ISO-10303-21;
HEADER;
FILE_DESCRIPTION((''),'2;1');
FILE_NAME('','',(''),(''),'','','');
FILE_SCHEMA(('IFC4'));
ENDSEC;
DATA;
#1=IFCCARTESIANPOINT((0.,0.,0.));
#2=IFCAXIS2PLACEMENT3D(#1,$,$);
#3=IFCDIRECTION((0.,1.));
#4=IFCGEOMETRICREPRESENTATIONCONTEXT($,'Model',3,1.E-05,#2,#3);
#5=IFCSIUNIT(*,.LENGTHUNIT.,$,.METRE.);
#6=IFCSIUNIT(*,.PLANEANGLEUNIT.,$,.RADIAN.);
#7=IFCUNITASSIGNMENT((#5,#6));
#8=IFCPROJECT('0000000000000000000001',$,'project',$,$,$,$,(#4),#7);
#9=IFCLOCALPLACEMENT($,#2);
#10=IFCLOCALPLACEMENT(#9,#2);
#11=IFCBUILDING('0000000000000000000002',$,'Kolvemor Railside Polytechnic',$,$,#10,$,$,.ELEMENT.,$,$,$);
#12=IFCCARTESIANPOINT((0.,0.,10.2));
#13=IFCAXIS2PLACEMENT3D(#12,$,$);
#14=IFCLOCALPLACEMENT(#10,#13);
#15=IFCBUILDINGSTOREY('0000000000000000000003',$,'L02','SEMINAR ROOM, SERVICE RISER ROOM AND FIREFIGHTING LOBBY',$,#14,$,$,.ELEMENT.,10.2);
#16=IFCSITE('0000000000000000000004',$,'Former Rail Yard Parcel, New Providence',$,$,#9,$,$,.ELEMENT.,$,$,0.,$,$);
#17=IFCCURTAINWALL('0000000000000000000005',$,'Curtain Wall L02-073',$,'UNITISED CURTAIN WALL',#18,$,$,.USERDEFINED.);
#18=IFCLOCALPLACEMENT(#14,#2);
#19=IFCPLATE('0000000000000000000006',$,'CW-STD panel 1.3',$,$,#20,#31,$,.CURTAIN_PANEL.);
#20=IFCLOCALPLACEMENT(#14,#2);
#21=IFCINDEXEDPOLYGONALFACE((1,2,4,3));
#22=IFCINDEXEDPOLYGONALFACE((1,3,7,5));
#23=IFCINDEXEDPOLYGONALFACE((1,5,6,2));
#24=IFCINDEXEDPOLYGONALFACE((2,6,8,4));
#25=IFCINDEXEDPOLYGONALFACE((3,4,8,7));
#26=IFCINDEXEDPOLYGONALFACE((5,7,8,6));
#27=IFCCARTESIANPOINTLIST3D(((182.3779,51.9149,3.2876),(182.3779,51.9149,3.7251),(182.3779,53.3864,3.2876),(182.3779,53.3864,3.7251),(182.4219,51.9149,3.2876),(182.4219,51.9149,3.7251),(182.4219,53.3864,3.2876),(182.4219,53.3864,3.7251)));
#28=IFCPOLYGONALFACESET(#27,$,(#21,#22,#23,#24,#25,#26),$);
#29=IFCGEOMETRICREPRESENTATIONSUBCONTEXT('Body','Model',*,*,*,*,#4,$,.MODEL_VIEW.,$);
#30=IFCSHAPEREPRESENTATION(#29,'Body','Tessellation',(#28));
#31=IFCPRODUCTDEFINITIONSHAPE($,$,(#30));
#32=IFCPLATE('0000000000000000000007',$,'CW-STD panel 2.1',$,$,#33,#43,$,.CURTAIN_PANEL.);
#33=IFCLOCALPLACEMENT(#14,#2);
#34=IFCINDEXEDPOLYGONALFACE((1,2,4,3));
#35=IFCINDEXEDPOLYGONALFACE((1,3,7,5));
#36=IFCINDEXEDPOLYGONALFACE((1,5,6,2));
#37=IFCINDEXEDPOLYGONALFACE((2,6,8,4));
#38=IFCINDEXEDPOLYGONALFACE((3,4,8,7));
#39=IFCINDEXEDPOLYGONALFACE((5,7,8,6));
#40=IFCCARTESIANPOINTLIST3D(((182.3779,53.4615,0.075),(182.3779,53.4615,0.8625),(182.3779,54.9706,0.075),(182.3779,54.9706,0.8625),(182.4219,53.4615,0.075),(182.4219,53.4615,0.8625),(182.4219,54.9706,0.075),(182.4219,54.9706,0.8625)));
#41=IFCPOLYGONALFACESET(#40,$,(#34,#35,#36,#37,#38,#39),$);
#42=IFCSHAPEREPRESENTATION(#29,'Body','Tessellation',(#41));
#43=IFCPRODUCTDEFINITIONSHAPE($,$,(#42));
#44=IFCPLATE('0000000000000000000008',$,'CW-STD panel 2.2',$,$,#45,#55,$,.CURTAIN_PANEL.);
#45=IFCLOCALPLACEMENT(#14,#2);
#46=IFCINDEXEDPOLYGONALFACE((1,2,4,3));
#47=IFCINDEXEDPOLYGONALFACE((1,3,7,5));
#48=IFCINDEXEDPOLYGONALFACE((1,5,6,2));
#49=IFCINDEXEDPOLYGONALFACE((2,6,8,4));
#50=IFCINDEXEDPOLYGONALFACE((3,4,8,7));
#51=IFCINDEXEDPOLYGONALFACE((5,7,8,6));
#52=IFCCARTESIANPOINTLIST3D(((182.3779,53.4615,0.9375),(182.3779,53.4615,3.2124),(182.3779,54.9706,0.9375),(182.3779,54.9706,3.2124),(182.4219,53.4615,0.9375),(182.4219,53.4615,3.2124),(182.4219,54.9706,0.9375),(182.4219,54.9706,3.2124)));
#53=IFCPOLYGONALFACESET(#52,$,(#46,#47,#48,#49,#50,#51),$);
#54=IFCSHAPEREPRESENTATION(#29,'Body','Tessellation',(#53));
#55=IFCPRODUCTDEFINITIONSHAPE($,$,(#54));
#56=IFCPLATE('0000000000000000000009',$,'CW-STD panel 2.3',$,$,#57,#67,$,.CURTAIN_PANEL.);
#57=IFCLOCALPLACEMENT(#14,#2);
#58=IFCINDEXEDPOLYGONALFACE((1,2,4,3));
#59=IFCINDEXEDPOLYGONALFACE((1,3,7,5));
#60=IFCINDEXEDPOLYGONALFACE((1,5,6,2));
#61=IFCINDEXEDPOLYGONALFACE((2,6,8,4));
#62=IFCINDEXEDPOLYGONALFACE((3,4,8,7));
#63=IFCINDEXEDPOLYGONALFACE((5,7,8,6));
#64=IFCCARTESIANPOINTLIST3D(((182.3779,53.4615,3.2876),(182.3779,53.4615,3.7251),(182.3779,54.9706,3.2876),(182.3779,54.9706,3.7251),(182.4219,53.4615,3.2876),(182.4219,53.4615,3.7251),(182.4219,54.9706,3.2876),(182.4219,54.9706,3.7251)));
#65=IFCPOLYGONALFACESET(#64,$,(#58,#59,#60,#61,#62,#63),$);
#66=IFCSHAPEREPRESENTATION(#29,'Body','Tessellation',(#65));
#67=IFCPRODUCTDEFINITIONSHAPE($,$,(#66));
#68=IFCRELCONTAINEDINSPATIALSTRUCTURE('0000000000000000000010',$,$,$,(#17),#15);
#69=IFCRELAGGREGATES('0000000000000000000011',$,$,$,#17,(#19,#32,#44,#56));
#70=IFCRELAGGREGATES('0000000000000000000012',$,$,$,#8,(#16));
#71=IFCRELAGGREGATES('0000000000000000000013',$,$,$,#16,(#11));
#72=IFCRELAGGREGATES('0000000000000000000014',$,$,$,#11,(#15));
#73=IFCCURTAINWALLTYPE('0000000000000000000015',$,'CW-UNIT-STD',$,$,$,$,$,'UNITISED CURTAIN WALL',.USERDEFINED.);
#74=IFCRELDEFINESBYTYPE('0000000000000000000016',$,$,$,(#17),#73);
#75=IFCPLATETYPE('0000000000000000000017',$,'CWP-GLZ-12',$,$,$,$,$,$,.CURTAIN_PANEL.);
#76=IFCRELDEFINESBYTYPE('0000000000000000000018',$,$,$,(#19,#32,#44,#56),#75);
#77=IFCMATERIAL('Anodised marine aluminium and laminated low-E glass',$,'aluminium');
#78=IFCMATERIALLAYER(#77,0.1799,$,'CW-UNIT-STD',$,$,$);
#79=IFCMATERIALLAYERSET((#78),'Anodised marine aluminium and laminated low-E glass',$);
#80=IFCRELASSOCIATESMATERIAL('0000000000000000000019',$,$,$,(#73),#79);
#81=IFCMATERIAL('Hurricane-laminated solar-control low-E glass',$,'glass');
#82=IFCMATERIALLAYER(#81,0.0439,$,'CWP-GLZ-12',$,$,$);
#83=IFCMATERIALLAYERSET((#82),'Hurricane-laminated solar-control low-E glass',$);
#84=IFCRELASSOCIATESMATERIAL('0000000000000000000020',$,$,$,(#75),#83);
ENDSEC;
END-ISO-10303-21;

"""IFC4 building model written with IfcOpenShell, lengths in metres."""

from ifc_helpers import new_model, si_unit, direction, frame, origin, origin_2d, place, context, subcontext, project, spatial, rectangle, extrude, material, layer, layer_set, type_object, element, aggregate, save


model = new_model("IFC4")

# Units and contexts
model_context = context("Model", 3, precision=1e-05, world=origin(), true_north=direction((0.0, 1.0)))
body_context = subcontext(model_context, "Body", "Model", "MODEL_VIEW")
ifc_project = project(units=[si_unit("LENGTHUNIT", "METRE"), si_unit("PLANEANGLEUNIT", "RADIAN")], contexts=[model_context])

# Site, building, storey
site_placement = place(None, origin())
site = spatial("IfcSite", under=ifc_project, at=site_placement, Name="Former Rail Yard Parcel, New Providence", CompositionType="ELEMENT", RefElevation=0.0)
building_placement = place(site_placement, origin())
building = spatial("IfcBuilding", under=site, at=building_placement, Name="Kolvemor Railside Polytechnic", CompositionType="ELEMENT")
storey_placement = place(building_placement, frame((0.0, 0.0, 10.2)))
storey = spatial("IfcBuildingStorey", under=building, at=storey_placement, Name="L02", Description="SEMINAR ROOM, SERVICE RISER ROOM AND FIREFIGHTING LOBBY", CompositionType="ELEMENT", Elevation=10.2)

# Curtain wall
ifc_material_1 = material(Name="Anodised marine aluminium and laminated low-E glass", Category="aluminium")
ifc_layer_1 = layer(ifc_material_1, 0.1799, Name="CW-UNIT-STD")
ifc_layer_set_1 = layer_set([ifc_layer_1], Name="Anodised marine aluminium and laminated low-E glass")
curtain_wall_type = type_object("IfcCurtainWallType", Name="CW-UNIT-STD", ElementType="UNITISED CURTAIN WALL", PredefinedType="USERDEFINED", material=ifc_layer_set_1)
curtain_wall_1_placement = place(storey_placement, origin())
curtain_wall_1 = element("IfcCurtainWall", 1, at=curtain_wall_1_placement, inside=storey, type_object=curtain_wall_type, Name="Curtain Wall L02-073", ObjectType="UNITISED CURTAIN WALL", PredefinedType="USERDEFINED")

# Plates
ifc_material_2 = material(Name="Hurricane-laminated solar-control low-E glass", Category="glass")
ifc_layer_2 = layer(ifc_material_2, 0.0439, Name="CWP-GLZ-12")
ifc_layer_set_2 = layer_set([ifc_layer_2], Name="Hurricane-laminated solar-control low-E glass")
plate_type_1 = type_object("IfcPlateType", Name="CWP-GLZ-12", PredefinedType="CURTAIN_PANEL", material=ifc_layer_set_2)
plate_1_placement = place(storey_placement, frame((182.3999, 52.6506, 3.2876), z_axis=(0.0, 0.0, 1.0), x_axis=(0.0, 1.0, 0.0)))
plate_1 = element("IfcPlate", 2, at=plate_1_placement, type_object=plate_type_1, Name="CW-STD panel 1.3", PredefinedType="CURTAIN_PANEL", context=body_context, shape_type="SweptSolid", body=[
    extrude(rectangle(XDim=1.4714, YDim=0.0439, at=origin_2d()), origin(), (0.0, 0.0, 1.0), 0.4375),
])
plate_2_placement = place(storey_placement, frame((182.3999, 54.2161, 0.075), z_axis=(0.0, 0.0, 1.0), x_axis=(0.0, 1.0, 0.0)))
plate_2 = element("IfcPlate", 3, at=plate_2_placement, type_object=plate_type_1, Name="CW-STD panel 2.1", PredefinedType="CURTAIN_PANEL", context=body_context, shape_type="SweptSolid", body=[
    extrude(rectangle(XDim=1.509, YDim=0.0439, at=origin_2d()), origin(), (0.0, 0.0, 1.0), 0.7876),
])
plate_3_placement = place(storey_placement, frame((182.3999, 54.2161, 0.9375), z_axis=(0.0, 0.0, 1.0), x_axis=(0.0, 1.0, 0.0)))
plate_3 = element("IfcPlate", 4, at=plate_3_placement, type_object=plate_type_1, Name="CW-STD panel 2.2", PredefinedType="CURTAIN_PANEL", context=body_context, shape_type="SweptSolid", body=[
    extrude(rectangle(XDim=1.509, YDim=0.0439, at=origin_2d()), origin(), (0.0, 0.0, 1.0), 2.2749),
])
plate_4_placement = place(storey_placement, frame((182.3999, 54.2161, 3.2876), z_axis=(0.0, 0.0, 1.0), x_axis=(0.0, 1.0, 0.0)))
plate_4 = element("IfcPlate", 5, at=plate_4_placement, type_object=plate_type_1, Name="CW-STD panel 2.3", PredefinedType="CURTAIN_PANEL", context=body_context, shape_type="SweptSolid", body=[
    extrude(rectangle(XDim=1.509, YDim=0.0439, at=origin_2d()), origin(), (0.0, 0.0, 1.0), 0.4375),
])
aggregate(curtain_wall_1, [plate_1, plate_2, plate_3, plate_4])

save(model, "model.ifc")
